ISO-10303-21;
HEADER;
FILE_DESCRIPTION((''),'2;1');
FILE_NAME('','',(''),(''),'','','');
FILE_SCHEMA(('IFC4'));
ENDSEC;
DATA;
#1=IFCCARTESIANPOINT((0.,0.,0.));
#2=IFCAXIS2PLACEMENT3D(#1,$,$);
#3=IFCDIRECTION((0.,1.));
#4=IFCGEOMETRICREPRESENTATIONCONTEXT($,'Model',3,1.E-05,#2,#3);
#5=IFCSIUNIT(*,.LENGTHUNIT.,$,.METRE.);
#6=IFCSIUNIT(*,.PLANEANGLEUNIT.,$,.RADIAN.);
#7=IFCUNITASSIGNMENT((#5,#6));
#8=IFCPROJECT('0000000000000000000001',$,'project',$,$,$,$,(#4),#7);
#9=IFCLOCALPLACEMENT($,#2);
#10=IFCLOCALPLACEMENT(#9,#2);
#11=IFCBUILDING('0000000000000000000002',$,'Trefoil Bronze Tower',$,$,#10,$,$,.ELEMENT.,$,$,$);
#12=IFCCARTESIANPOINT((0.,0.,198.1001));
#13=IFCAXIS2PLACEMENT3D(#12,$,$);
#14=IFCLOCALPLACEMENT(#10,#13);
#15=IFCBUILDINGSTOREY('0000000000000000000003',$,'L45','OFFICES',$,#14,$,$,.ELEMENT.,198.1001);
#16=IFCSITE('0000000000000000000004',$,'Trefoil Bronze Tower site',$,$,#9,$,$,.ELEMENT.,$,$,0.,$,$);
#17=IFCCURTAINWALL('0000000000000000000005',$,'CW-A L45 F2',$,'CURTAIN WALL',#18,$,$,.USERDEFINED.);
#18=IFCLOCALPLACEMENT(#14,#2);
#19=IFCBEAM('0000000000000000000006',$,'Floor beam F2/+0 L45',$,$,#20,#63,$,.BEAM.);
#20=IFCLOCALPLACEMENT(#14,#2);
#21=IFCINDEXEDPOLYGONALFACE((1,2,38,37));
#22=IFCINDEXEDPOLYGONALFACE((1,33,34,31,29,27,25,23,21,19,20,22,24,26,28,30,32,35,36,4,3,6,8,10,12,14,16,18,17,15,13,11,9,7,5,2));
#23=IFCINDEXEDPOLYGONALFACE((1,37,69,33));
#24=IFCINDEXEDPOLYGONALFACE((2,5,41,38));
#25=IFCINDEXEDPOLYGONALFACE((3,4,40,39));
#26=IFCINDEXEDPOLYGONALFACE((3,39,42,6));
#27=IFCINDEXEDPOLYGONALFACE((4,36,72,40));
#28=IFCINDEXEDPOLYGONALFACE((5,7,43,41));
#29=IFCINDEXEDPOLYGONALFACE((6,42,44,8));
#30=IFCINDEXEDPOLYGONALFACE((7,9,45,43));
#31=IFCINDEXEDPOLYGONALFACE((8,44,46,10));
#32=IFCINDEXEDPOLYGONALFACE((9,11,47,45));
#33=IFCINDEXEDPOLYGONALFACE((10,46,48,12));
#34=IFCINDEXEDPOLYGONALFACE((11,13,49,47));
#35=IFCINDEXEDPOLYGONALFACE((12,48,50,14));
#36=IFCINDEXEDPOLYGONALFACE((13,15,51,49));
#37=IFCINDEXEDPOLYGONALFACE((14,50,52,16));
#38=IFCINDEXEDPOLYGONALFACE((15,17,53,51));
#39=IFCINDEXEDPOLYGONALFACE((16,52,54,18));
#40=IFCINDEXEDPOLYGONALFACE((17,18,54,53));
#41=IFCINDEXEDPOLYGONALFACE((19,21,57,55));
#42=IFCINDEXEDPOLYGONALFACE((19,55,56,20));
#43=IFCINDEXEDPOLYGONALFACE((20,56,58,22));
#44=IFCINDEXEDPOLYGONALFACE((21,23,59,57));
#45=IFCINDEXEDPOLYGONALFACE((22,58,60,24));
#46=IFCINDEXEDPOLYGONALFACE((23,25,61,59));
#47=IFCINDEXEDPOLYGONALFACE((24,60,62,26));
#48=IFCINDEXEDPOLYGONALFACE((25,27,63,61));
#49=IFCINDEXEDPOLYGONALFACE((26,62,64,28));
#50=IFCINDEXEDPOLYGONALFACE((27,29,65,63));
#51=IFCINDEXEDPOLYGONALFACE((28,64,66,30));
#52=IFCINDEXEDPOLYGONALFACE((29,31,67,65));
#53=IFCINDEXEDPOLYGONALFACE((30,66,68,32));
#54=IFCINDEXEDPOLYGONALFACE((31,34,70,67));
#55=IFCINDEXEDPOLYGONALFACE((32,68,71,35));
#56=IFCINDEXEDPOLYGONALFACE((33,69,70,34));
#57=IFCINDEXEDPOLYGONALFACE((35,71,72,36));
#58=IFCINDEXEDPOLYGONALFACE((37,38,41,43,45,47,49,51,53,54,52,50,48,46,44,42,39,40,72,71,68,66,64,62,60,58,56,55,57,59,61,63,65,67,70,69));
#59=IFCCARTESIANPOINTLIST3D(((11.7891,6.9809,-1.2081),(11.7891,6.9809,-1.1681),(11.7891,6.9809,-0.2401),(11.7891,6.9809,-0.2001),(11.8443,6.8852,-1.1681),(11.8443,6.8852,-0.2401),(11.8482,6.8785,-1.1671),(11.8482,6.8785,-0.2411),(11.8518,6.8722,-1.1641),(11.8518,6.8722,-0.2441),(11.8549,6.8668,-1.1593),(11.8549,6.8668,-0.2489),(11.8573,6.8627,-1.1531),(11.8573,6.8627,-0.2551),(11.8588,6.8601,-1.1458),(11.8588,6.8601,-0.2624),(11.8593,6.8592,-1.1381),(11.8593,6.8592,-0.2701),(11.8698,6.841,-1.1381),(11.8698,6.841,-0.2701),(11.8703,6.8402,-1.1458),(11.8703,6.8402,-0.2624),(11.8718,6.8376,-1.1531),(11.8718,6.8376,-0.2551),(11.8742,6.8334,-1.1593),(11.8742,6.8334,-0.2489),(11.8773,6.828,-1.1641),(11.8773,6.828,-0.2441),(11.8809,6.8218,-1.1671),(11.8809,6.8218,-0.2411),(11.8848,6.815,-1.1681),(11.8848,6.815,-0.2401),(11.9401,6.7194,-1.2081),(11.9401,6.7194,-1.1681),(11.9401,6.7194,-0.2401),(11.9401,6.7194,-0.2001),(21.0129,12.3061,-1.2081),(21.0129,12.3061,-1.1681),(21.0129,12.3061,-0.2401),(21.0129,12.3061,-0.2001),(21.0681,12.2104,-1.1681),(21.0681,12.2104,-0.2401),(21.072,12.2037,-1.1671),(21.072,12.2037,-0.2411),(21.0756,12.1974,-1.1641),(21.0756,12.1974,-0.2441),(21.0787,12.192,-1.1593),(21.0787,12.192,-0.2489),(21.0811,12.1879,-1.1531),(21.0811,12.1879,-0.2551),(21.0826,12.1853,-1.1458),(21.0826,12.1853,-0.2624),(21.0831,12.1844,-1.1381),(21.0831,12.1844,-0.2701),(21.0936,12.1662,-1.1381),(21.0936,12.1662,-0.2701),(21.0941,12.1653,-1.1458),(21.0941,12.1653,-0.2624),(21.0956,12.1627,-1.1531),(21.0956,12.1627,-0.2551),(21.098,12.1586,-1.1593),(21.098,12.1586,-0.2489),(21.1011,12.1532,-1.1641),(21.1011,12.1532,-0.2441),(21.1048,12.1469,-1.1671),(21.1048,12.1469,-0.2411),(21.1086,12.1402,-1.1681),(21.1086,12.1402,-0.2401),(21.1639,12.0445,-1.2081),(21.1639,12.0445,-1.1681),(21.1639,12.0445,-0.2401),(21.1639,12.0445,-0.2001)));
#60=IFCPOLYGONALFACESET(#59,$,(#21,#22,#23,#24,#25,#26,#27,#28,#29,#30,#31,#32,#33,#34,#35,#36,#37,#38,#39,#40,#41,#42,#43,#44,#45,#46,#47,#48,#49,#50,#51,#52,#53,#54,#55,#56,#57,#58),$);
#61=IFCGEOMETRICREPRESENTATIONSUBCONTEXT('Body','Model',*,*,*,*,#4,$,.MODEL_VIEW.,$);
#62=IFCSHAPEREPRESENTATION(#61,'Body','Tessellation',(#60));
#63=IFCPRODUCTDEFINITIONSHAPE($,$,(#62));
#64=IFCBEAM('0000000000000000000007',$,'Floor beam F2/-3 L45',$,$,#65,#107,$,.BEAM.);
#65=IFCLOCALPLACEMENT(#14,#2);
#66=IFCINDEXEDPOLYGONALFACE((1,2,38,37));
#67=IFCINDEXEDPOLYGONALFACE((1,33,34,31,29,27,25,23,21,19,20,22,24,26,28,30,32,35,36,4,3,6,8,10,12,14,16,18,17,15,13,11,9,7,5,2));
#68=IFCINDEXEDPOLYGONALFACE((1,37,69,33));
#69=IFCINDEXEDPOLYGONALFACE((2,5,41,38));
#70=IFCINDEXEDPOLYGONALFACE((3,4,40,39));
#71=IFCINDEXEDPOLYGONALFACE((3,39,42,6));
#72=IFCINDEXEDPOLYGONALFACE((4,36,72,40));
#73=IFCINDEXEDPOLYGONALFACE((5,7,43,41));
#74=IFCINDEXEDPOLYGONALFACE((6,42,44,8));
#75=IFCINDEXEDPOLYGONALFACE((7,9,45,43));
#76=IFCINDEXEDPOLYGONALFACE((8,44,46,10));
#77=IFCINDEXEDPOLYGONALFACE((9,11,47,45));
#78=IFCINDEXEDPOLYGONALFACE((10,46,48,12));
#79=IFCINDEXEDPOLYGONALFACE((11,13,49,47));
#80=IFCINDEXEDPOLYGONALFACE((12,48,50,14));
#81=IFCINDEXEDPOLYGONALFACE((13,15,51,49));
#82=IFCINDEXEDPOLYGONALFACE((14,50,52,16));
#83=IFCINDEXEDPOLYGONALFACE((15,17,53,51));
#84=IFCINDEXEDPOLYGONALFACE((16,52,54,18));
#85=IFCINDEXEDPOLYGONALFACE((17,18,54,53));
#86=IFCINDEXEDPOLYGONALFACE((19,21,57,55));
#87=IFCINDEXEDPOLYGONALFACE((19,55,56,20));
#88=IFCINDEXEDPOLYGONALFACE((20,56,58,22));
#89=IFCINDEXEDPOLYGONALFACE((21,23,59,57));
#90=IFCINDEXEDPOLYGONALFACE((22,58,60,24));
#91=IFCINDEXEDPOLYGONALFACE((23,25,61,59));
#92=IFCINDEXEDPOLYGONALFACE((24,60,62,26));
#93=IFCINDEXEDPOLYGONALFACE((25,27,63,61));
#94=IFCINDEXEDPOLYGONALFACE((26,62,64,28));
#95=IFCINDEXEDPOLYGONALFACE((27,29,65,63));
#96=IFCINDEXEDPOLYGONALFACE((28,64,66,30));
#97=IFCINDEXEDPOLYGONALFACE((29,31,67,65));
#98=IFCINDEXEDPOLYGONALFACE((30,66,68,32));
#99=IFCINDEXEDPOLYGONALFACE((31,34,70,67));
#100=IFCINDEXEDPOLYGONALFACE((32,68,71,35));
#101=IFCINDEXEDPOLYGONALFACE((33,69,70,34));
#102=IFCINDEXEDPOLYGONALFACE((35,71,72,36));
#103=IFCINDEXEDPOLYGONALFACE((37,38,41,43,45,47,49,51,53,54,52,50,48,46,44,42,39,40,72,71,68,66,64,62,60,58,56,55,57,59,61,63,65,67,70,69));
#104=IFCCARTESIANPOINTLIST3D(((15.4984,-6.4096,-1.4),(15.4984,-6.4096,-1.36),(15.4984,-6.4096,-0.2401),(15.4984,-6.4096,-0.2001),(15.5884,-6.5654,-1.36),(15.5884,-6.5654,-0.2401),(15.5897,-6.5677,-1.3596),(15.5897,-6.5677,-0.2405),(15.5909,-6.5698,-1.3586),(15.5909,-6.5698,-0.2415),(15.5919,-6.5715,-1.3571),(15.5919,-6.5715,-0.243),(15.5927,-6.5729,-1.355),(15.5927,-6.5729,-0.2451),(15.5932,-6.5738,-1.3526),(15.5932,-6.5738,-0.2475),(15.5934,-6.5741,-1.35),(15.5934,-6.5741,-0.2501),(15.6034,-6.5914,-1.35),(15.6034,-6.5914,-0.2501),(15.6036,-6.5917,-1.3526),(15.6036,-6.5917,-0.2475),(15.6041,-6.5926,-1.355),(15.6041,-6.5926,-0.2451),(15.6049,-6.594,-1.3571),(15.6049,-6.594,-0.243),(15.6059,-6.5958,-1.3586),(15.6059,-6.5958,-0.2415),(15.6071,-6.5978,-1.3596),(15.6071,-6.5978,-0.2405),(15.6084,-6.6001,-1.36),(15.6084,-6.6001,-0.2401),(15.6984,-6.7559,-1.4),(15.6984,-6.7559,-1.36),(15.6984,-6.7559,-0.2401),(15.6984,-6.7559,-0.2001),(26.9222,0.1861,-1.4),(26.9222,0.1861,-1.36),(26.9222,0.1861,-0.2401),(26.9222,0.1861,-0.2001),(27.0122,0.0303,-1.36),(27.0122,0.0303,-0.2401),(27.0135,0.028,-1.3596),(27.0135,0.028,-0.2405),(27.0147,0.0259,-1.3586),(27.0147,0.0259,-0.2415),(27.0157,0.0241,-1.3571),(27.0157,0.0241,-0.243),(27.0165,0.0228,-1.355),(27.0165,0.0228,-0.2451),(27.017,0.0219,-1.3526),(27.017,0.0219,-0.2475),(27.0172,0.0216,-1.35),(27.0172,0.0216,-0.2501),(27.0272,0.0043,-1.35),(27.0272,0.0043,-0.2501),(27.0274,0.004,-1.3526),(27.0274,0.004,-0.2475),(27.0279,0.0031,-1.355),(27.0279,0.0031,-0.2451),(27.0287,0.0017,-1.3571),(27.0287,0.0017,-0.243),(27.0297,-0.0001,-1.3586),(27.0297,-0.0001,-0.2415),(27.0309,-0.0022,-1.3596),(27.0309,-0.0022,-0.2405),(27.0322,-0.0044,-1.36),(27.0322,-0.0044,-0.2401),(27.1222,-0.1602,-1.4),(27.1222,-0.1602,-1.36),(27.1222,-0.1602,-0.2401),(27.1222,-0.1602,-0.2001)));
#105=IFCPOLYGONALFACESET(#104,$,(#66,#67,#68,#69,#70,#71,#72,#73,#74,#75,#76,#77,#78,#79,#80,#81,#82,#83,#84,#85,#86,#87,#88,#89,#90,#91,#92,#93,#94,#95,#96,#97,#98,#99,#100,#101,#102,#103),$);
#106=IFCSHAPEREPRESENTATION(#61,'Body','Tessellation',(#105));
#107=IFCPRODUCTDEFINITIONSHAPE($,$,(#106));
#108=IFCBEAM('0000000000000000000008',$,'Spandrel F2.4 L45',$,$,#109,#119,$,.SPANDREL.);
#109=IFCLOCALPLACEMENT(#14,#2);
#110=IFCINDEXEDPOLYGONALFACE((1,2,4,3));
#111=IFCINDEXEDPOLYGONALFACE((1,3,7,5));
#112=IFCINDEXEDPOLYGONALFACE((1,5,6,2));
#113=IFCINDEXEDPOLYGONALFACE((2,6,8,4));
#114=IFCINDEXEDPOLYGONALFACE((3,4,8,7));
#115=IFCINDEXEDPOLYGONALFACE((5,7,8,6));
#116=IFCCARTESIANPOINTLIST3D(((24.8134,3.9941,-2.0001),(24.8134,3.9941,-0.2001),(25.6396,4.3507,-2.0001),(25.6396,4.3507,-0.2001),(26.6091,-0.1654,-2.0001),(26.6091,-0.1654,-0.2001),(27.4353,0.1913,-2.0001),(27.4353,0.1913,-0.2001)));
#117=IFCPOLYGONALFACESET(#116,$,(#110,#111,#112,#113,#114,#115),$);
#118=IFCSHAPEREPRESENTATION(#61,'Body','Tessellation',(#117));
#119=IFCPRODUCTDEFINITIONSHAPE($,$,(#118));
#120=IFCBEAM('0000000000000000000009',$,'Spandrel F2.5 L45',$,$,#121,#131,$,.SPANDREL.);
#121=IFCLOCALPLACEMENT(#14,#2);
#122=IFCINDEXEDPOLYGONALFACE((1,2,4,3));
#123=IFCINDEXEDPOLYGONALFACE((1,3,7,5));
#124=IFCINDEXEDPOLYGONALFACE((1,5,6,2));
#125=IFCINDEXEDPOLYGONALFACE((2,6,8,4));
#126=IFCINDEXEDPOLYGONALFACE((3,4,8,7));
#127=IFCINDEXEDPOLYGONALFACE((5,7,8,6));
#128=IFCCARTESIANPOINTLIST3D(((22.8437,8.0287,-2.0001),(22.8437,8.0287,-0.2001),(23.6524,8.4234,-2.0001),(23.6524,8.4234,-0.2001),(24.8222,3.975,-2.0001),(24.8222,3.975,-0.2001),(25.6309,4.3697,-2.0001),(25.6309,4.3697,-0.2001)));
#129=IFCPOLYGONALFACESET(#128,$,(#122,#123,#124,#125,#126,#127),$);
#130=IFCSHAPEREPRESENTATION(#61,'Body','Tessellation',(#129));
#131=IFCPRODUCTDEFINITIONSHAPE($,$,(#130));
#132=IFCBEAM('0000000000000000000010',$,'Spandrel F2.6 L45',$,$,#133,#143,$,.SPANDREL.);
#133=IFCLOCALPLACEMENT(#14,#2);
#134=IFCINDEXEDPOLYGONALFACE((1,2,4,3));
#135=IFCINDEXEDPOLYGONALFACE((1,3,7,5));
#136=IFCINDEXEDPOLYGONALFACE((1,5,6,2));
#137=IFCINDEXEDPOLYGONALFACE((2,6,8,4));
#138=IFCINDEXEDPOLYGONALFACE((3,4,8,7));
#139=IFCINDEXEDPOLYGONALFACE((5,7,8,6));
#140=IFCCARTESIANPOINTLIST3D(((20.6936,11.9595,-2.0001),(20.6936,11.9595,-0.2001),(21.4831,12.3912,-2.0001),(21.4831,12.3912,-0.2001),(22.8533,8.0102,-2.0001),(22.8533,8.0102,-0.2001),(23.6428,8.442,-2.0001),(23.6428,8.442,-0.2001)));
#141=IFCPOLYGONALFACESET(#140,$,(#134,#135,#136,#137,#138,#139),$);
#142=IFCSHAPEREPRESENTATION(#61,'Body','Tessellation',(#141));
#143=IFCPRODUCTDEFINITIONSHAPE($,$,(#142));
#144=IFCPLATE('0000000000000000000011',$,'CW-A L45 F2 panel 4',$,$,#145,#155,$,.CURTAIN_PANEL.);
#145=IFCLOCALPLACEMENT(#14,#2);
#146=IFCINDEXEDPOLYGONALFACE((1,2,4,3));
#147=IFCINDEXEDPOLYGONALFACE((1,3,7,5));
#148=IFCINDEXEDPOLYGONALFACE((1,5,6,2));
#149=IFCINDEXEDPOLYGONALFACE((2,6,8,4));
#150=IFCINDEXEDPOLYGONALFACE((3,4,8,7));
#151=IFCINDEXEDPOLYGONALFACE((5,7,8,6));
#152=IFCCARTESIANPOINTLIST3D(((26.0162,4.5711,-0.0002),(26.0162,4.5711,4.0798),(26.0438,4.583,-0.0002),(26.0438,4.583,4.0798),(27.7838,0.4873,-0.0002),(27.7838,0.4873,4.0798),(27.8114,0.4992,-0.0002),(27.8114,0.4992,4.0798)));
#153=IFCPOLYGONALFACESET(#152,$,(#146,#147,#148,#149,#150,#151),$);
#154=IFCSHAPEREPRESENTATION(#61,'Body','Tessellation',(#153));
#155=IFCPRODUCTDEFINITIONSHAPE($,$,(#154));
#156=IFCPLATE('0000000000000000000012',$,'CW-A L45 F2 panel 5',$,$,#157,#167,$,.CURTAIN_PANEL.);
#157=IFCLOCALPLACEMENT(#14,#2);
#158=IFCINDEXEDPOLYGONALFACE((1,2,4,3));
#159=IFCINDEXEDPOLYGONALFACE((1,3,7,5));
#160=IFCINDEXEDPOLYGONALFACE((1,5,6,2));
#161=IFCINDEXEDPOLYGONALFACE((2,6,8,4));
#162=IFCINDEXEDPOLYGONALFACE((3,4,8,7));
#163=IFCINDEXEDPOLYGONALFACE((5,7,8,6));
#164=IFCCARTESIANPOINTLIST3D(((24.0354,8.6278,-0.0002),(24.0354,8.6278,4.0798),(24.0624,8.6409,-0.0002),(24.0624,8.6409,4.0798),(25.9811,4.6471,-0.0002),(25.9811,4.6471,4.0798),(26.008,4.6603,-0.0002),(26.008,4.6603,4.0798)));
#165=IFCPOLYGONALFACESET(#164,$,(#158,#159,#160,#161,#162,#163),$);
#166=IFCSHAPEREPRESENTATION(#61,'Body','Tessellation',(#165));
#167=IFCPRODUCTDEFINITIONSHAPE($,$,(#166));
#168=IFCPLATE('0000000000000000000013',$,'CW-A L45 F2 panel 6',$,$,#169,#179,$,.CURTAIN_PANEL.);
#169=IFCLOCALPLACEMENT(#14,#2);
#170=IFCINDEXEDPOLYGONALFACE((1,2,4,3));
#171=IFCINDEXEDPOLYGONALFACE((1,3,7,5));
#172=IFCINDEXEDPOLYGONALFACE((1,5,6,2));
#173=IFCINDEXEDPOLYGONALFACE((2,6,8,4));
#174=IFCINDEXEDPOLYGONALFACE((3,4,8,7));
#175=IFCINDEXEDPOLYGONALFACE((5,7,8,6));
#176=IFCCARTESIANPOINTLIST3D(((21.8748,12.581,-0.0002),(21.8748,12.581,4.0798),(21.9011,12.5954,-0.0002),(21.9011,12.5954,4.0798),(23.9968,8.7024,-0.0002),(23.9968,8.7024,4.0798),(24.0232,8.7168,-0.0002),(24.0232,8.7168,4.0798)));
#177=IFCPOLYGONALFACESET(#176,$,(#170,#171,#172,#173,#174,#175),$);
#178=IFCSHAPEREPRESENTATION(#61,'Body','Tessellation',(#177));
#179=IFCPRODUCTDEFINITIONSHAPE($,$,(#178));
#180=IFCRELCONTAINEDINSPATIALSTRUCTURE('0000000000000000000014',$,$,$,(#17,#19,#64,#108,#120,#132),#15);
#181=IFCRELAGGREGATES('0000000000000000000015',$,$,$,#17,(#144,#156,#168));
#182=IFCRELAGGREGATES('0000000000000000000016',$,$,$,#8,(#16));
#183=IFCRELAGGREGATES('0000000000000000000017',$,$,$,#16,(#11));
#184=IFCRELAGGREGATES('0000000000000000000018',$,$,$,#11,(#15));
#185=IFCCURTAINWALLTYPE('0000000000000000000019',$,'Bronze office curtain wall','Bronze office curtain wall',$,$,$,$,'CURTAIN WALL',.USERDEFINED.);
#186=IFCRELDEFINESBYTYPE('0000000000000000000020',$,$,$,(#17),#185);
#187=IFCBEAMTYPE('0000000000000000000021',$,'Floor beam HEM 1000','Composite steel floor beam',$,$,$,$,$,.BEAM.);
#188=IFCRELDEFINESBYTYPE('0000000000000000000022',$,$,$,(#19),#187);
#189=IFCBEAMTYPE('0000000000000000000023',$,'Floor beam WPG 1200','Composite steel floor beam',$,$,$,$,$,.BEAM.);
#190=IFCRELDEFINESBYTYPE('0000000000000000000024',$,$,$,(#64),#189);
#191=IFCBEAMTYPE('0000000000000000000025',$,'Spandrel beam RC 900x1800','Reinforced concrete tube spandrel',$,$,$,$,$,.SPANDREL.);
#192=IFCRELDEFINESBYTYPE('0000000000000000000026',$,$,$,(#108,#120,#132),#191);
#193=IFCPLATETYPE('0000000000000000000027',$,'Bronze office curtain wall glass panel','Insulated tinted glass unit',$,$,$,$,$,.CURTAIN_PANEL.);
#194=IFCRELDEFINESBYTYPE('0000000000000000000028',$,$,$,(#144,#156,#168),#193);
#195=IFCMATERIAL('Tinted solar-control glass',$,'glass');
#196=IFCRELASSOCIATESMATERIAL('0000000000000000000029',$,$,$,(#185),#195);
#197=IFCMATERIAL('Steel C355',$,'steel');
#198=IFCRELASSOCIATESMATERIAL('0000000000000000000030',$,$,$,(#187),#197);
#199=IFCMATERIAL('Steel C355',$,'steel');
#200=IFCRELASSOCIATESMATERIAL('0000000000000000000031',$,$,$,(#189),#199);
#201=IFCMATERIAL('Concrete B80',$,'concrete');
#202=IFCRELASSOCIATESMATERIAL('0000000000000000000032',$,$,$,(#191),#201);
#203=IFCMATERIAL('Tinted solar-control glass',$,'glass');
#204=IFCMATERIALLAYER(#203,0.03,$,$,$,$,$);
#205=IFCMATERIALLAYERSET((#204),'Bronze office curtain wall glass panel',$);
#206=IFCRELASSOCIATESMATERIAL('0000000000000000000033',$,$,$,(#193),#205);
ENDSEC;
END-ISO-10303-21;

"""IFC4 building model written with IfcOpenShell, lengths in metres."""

from ifc_helpers import new_model, si_unit, direction, frame, origin, origin_2d, place, context, subcontext, project, spatial, rectangle, i_section, extrude, material, layer, layer_set, material_profile, profile_set, type_object, element, aggregate, save


model = new_model("IFC4")

# Units and contexts
model_context = context("Model", 3, precision=1e-05, world=origin(), true_north=direction((0.0, 1.0)))
body_context = subcontext(model_context, "Body", "Model", "MODEL_VIEW")
ifc_project = project(units=[si_unit("LENGTHUNIT", "METRE"), si_unit("PLANEANGLEUNIT", "RADIAN")], contexts=[model_context])

# Site, building, storey
site_placement = place(None, origin())
site = spatial("IfcSite", under=ifc_project, at=site_placement, Name="Trefoil Bronze Tower site", CompositionType="ELEMENT", RefElevation=0.0)
building_placement = place(site_placement, origin())
building = spatial("IfcBuilding", under=site, at=building_placement, Name="Trefoil Bronze Tower", CompositionType="ELEMENT")
storey_placement = place(building_placement, frame((0.0, 0.0, 198.1001)))
storey = spatial("IfcBuildingStorey", under=building, at=storey_placement, Name="L45", Description="OFFICES", CompositionType="ELEMENT", Elevation=198.1001)

# Curtain wall
ifc_material_1 = material(Name="Tinted solar-control glass", Category="glass")
curtain_wall_type = type_object("IfcCurtainWallType", Name="Bronze office curtain wall", Description="Bronze office curtain wall", ElementType="CURTAIN WALL", PredefinedType="USERDEFINED", material=ifc_material_1)
curtain_wall_placement = place(storey_placement, origin())
curtain_wall = element("IfcCurtainWall", 1, at=curtain_wall_placement, inside=storey, type_object=curtain_wall_type, Name="CW-A L45 F2", ObjectType="CURTAIN WALL", PredefinedType="USERDEFINED")

# Beams
ifc_material_2 = material(Name="Steel C355", Category="steel")
ifc_material_profile_1 = material_profile(ifc_material_2, i_section(OverallWidth=0.302, OverallDepth=1.0081, WebThickness=0.021, FlangeThickness=0.04, FilletRadius=0.03, at=origin_2d()), Name="HEM 1000")
ifc_profile_set_1 = profile_set([ifc_material_profile_1], Name="Steel C355")
beam_type_1 = type_object("IfcBeamType", Name="Floor beam HEM 1000", Description="Composite steel floor beam", PredefinedType="BEAM", material=ifc_profile_set_1)
beam_1_placement = place(storey_placement, frame((21.0884, 12.1753, -0.7041), z_axis=(-0.866034, -0.499985, 0.0), x_axis=(0.499985, -0.866034, 0.0)))
element("IfcBeam", 2, at=beam_1_placement, inside=storey, type_object=beam_type_1, Name="Floor beam F2/+0 L45", PredefinedType="BEAM", context=body_context, shape_type="SweptSolid", body=[
    extrude(i_section(OverallWidth=0.302, OverallDepth=1.0081, WebThickness=0.021, FlangeThickness=0.04, FilletRadius=0.03, at=origin_2d()), origin(), (0.0, 0.0, 1.0), 10.6506),
])
ifc_material_3 = material(Name="Steel C355", Category="steel")
ifc_material_profile_2 = material_profile(ifc_material_3, i_section(OverallWidth=0.3999, OverallDepth=1.2, WebThickness=0.02, FlangeThickness=0.04, FilletRadius=0.01, at=origin_2d()), Name="WPG 1200")
ifc_profile_set_2 = profile_set([ifc_material_profile_2], Name="Steel C355")
beam_type_2 = type_object("IfcBeamType", Name="Floor beam WPG 1200", Description="Composite steel floor beam", PredefinedType="BEAM", material=ifc_profile_set_2)
beam_2_placement = place(storey_placement, frame((27.0222, 0.0129, -0.8), z_axis=(-0.86602, -0.500009, 0.0), x_axis=(0.500009, -0.86602, 0.0)))
element("IfcBeam", 3, at=beam_2_placement, inside=storey, type_object=beam_type_2, Name="Floor beam F2/-3 L45", PredefinedType="BEAM", context=body_context, shape_type="SweptSolid", body=[
    extrude(i_section(OverallWidth=0.3999, OverallDepth=1.2, WebThickness=0.02, FlangeThickness=0.04, FilletRadius=0.01, at=origin_2d()), origin(), (0.0, 0.0, 1.0), 13.1912),
])
ifc_material_4 = material(Name="Concrete B80", Category="concrete")
ifc_material_profile_3 = material_profile(ifc_material_4, rectangle(XDim=0.8999, YDim=1.8, at=origin_2d()), Name="RC 900x1800")
ifc_profile_set_3 = profile_set([ifc_material_profile_3], Name="Concrete B80")
beam_type_3 = type_object("IfcBeamType", Name="Spandrel beam RC 900x1800", Description="Reinforced concrete tube spandrel", PredefinedType="SPANDREL", material=ifc_profile_set_3)
beam_3_placement = place(storey_placement, frame((27.0222, 0.0129, -1.1001), z_axis=(-0.39635, 0.918099, 0.0), x_axis=(-0.918099, -0.39635, 0.0)))
element("IfcBeam", 4, at=beam_3_placement, inside=storey, type_object=beam_type_3, Name="Spandrel F2.4 L45", PredefinedType="SPANDREL", context=body_context, shape_type="SweptSolid", body=[
    extrude(rectangle(XDim=0.8999, YDim=1.8, at=origin_2d()), origin(), (0.0, 0.0, 1.0), 4.5305),
])
beam_4_placement = place(storey_placement, frame((25.2266, 4.1724, -1.1001), z_axis=(-0.43862, 0.898673, 0.0), x_axis=(-0.898673, -0.43862, 0.0)))
element("IfcBeam", 5, at=beam_4_placement, inside=storey, type_object=beam_type_3, Name="Spandrel F2.5 L45", PredefinedType="SPANDREL", context=body_context, shape_type="SweptSolid", body=[
    extrude(rectangle(XDim=0.8999, YDim=1.8, at=origin_2d()), origin(), (0.0, 0.0, 1.0), 4.5107),
])
beam_5_placement = place(storey_placement, frame((23.248, 8.2261, -1.1001), z_axis=(-0.479802, 0.877377, 0.0), x_axis=(-0.877377, -0.479802, 0.0)))
element("IfcBeam", 6, at=beam_5_placement, inside=storey, type_object=beam_type_3, Name="Spandrel F2.6 L45", PredefinedType="SPANDREL", context=body_context, shape_type="SweptSolid", body=[
    extrude(rectangle(XDim=0.8999, YDim=1.8, at=origin_2d()), origin(), (0.0, 0.0, 1.0), 4.5012),
])

# Plates
ifc_material_5 = material(Name="Tinted solar-control glass", Category="glass")
ifc_layer_1 = layer(ifc_material_5, 0.03)
ifc_layer_set_1 = layer_set([ifc_layer_1], Name="Bronze office curtain wall glass panel")
plate_type = type_object("IfcPlateType", Name="Bronze office curtain wall glass panel", Description="Insulated tinted glass unit", PredefinedType="CURTAIN_PANEL", material=ifc_layer_set_1)
plate_1_placement = place(storey_placement, frame((26.9138, 2.5352, -0.0002), z_axis=(0.0, 0.0, 1.0), x_axis=(-0.39722, 0.917723, 0.0)))
plate_1 = element("IfcPlate", 7, at=plate_1_placement, type_object=plate_type, Name="CW-A L45 F2 panel 4", PredefinedType="CURTAIN_PANEL", context=body_context, shape_type="SweptSolid", body=[
    extrude(rectangle(XDim=4.45, YDim=0.03, at=origin_2d()), origin(), (0.0, 0.0, 1.0), 4.0801),
])
plate_2_placement = place(storey_placement, frame((25.0217, 6.644, -0.0002), z_axis=(0.0, 0.0, 1.0), x_axis=(-0.439129, 0.898424, 0.0)))
plate_2 = element("IfcPlate", 8, at=plate_2_placement, type_object=plate_type, Name="CW-A L45 F2 panel 5", PredefinedType="CURTAIN_PANEL", context=body_context, shape_type="SweptSolid", body=[
    extrude(rectangle(XDim=4.4307, YDim=0.03, at=origin_2d()), origin(), (0.0, 0.0, 1.0), 4.0801),
])
plate_3_placement = place(storey_placement, frame((22.949, 10.6489, -0.0002), z_axis=(0.0, 0.0, 1.0), x_axis=(-0.479974, 0.877283, 0.0)))
plate_3 = element("IfcPlate", 9, at=plate_3_placement, type_object=plate_type, Name="CW-A L45 F2 panel 6", PredefinedType="CURTAIN_PANEL", context=body_context, shape_type="SweptSolid", body=[
    extrude(rectangle(XDim=4.4211, YDim=0.03, at=origin_2d()), origin(), (0.0, 0.0, 1.0), 4.0801),
])
aggregate(curtain_wall, [plate_1, plate_2, plate_3])

save(model, "model.ifc")
